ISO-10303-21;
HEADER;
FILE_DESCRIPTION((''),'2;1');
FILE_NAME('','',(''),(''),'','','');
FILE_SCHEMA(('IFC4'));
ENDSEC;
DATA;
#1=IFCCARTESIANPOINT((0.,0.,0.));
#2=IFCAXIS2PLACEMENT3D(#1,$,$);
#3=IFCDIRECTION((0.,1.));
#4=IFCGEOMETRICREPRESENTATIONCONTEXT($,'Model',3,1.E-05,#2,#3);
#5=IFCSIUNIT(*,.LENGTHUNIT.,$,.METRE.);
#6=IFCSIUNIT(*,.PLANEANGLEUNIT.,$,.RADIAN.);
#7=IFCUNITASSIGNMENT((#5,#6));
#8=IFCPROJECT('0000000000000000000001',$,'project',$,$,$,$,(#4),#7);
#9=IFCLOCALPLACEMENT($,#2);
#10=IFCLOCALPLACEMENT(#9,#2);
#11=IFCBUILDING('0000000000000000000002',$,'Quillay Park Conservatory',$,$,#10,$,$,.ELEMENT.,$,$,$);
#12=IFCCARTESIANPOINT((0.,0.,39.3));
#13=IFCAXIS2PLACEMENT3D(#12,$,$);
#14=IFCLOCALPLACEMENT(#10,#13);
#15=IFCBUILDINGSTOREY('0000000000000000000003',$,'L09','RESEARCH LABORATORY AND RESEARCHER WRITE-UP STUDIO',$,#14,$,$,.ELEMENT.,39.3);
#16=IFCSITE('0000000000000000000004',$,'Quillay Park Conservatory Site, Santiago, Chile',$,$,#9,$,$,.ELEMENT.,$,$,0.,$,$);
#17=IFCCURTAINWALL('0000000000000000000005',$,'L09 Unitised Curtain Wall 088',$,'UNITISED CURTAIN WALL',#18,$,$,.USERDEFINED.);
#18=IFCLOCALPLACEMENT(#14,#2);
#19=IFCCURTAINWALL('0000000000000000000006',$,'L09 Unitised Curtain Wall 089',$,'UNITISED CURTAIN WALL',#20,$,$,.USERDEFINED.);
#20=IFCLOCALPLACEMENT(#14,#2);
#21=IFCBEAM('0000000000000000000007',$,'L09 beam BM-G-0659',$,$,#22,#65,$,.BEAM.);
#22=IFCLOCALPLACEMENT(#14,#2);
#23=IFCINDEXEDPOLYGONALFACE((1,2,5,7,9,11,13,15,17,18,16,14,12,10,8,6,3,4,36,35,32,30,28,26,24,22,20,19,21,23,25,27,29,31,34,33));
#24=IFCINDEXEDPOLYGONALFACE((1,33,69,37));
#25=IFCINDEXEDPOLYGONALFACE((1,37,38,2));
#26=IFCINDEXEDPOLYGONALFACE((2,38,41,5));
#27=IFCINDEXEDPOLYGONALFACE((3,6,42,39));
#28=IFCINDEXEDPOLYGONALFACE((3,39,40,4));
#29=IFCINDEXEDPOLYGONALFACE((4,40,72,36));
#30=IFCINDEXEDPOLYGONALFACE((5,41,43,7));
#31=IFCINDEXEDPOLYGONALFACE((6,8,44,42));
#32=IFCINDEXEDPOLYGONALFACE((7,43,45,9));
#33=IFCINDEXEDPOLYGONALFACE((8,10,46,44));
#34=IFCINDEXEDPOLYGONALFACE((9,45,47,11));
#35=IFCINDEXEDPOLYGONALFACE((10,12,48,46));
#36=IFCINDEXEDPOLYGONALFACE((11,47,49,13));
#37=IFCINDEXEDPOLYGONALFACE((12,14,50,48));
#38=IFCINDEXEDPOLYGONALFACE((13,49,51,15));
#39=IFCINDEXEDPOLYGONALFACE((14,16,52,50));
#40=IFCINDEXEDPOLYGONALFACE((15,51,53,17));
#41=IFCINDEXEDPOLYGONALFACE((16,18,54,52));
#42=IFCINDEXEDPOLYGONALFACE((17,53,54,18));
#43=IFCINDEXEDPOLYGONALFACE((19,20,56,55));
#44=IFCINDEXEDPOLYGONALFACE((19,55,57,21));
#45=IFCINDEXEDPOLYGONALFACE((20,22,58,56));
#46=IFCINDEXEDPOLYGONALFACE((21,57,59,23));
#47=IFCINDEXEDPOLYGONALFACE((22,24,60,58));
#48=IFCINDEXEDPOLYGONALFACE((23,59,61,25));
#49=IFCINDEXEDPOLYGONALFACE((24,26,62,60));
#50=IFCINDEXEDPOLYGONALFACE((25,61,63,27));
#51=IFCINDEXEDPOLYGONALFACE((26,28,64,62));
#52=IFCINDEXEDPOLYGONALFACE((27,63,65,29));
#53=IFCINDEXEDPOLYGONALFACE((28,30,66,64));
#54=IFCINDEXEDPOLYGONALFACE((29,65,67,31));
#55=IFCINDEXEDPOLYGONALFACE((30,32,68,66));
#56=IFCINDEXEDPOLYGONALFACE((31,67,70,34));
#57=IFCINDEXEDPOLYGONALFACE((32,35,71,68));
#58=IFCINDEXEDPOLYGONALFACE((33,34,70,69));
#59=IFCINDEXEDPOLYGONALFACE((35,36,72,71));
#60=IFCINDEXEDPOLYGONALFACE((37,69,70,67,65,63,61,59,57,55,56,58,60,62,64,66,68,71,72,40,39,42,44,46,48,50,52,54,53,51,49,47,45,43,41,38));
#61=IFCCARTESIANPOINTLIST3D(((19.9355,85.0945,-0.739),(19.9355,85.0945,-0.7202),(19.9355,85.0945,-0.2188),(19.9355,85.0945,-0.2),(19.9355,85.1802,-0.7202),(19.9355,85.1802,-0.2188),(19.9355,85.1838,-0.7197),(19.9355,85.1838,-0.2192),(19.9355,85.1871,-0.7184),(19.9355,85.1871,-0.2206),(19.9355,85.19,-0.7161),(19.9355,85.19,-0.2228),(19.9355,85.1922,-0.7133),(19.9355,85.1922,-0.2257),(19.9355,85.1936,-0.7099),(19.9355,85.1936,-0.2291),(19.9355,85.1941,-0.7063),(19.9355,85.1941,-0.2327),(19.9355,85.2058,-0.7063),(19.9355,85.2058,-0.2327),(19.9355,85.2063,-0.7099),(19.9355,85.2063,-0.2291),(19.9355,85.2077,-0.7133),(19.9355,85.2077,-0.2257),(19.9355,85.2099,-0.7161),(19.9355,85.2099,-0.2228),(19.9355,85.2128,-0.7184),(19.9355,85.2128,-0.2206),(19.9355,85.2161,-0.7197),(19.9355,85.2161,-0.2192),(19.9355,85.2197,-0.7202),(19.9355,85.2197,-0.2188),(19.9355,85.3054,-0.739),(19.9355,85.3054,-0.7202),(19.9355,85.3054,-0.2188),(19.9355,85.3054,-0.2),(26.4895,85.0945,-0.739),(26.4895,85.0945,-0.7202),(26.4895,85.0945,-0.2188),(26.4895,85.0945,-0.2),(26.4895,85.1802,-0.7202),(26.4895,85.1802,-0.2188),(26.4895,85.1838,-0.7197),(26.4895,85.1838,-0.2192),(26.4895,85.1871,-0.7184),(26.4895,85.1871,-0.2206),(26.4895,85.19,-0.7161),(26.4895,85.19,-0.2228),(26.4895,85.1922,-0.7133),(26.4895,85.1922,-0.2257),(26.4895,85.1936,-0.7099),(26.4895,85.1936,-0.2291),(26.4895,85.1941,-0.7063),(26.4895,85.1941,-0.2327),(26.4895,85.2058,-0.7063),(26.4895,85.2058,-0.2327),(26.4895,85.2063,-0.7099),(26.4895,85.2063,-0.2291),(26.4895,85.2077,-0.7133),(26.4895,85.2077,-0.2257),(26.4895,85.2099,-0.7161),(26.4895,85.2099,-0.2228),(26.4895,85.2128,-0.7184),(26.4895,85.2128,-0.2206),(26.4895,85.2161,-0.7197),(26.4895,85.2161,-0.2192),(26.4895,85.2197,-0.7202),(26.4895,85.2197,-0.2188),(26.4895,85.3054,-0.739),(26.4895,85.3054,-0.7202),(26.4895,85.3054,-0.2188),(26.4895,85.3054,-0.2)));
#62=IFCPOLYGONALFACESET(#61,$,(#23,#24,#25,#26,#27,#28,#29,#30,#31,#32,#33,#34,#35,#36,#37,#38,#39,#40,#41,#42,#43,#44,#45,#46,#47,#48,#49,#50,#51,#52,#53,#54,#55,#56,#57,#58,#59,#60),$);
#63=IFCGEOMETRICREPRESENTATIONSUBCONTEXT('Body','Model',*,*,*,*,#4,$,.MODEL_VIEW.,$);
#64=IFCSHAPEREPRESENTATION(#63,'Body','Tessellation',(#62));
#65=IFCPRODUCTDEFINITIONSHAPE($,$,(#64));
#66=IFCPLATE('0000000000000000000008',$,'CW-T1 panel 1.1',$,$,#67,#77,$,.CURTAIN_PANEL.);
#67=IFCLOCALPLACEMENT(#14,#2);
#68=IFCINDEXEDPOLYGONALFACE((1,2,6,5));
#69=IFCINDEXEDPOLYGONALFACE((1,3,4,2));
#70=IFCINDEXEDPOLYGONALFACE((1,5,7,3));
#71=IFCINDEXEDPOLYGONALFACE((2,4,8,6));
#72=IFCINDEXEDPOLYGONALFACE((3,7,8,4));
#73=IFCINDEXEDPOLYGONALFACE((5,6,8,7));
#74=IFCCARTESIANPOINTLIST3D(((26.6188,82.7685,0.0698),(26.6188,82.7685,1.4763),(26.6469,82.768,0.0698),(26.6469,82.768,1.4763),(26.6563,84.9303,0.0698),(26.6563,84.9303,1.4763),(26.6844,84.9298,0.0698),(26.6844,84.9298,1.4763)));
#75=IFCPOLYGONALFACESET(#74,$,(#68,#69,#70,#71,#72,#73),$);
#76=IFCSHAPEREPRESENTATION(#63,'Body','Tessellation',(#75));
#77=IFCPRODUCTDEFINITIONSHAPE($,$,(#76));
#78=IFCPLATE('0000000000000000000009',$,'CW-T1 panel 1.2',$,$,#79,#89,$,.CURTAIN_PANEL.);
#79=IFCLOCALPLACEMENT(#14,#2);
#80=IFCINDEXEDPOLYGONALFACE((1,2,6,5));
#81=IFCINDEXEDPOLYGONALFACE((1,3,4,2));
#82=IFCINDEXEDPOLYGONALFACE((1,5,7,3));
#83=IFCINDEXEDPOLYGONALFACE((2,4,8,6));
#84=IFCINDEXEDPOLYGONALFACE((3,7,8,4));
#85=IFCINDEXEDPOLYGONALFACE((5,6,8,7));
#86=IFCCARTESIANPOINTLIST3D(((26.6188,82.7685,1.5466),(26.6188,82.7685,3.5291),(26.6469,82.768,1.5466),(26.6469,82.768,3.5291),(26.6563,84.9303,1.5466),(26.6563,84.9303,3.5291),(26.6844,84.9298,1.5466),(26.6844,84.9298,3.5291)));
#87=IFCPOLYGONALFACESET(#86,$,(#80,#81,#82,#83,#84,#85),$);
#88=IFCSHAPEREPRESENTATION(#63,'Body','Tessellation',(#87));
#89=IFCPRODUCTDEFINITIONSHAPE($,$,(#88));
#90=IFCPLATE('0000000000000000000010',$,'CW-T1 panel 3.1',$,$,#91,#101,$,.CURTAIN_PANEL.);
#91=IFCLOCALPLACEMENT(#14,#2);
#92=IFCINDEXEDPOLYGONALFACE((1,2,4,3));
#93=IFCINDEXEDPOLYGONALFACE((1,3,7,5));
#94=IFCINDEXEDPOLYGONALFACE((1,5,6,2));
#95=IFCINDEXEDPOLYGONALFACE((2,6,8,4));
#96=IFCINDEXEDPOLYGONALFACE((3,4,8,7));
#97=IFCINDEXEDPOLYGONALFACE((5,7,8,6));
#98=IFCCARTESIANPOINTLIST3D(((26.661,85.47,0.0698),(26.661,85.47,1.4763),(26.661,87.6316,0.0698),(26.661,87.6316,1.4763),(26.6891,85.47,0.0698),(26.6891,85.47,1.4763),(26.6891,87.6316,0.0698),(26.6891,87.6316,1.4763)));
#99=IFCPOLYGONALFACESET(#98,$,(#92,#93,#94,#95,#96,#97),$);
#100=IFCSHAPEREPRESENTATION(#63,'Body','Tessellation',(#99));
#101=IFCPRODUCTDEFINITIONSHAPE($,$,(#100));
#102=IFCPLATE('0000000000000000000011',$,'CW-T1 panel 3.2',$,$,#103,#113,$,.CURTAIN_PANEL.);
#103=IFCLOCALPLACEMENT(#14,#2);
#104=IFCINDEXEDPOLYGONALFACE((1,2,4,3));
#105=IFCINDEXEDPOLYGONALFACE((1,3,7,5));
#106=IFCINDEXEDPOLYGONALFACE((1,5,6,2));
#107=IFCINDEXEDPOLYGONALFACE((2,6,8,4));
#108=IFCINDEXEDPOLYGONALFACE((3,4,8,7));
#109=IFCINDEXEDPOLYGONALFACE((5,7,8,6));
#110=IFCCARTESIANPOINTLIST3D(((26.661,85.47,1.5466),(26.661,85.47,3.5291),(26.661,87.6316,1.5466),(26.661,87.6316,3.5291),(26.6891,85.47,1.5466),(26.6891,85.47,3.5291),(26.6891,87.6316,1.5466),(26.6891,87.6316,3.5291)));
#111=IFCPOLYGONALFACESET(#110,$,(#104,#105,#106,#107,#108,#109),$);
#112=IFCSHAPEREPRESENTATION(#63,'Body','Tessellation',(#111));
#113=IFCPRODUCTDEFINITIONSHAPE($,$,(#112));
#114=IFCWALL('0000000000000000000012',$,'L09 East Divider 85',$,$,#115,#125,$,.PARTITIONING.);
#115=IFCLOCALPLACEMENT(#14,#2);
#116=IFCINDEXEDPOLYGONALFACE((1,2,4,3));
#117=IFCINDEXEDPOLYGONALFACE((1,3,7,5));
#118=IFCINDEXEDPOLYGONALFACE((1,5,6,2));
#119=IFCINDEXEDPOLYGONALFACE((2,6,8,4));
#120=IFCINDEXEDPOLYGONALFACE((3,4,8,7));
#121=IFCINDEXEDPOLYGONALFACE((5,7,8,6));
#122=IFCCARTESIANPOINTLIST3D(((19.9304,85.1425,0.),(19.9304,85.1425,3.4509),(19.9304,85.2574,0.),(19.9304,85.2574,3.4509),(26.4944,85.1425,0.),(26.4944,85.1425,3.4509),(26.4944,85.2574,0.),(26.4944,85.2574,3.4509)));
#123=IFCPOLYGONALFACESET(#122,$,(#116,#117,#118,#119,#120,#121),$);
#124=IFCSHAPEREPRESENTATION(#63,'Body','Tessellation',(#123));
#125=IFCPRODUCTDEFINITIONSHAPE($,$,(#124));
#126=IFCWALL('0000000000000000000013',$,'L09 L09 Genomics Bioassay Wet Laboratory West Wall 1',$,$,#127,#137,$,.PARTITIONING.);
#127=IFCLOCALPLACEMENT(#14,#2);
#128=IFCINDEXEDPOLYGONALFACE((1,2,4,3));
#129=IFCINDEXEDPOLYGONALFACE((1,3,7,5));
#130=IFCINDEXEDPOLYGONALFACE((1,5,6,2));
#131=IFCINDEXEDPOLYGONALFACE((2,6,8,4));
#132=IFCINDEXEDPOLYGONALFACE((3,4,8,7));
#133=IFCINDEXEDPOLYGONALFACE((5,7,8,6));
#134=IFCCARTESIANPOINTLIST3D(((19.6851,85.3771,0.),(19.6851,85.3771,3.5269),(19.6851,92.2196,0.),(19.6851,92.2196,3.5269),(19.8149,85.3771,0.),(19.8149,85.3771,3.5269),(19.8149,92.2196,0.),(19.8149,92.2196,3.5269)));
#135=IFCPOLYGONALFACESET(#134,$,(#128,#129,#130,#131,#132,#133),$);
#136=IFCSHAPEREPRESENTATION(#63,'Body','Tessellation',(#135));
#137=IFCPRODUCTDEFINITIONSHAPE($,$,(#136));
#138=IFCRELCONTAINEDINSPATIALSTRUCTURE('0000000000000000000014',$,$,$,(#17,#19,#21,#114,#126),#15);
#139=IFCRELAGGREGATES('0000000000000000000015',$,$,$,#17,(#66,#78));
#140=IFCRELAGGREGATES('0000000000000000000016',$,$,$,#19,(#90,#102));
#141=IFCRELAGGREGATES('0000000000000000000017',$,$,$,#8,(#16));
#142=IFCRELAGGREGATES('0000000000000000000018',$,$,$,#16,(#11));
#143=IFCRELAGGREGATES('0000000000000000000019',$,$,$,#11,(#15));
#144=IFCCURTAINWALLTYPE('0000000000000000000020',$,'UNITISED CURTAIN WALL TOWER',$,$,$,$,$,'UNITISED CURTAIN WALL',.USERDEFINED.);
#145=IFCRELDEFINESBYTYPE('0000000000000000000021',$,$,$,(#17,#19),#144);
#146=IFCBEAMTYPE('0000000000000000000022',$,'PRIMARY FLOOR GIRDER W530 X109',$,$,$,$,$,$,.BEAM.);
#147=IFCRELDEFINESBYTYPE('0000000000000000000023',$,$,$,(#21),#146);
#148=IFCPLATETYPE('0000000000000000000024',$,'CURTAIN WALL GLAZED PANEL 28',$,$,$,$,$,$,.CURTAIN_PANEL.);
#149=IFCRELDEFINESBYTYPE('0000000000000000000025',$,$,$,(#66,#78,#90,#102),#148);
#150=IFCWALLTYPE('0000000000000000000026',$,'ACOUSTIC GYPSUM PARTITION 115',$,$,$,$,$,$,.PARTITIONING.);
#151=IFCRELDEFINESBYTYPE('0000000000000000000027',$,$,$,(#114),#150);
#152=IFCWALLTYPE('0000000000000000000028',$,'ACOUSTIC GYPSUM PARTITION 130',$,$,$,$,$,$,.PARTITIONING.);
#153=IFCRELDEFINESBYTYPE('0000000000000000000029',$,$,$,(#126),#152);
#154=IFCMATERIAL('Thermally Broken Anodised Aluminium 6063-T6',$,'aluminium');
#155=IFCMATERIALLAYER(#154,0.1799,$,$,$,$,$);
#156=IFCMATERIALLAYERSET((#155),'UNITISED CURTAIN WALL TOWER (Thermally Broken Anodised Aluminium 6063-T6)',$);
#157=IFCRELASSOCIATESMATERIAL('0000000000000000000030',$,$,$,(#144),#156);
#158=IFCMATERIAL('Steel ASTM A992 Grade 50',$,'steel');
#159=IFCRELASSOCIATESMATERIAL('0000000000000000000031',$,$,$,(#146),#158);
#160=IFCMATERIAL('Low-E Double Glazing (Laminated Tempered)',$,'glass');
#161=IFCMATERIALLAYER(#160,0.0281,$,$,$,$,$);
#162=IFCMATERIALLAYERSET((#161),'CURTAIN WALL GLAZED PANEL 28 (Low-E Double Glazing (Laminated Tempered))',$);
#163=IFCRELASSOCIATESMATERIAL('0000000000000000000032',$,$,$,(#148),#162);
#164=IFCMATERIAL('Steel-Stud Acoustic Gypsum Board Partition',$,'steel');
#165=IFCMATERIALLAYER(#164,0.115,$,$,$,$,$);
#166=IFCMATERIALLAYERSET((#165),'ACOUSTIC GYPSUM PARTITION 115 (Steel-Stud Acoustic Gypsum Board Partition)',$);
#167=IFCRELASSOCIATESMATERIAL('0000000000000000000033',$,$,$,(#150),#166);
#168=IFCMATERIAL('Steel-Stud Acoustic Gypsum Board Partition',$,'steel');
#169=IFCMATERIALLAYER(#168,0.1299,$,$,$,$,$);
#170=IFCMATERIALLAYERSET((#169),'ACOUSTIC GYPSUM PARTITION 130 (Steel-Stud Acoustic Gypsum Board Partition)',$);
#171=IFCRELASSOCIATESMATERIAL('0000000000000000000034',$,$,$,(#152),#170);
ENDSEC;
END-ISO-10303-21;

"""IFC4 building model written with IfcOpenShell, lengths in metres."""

from ifc_helpers import new_model, si_unit, direction, frame, frame_2d, origin, origin_2d, place, context, subcontext, project, spatial, rectangle, i_section, extrude, material, layer, layer_set, material_profile, profile_set, type_object, element, aggregate, save


model = new_model("IFC4")

# Units and contexts
model_context = context("Model", 3, precision=1e-05, world=origin(), true_north=direction((0.0, 1.0)))
body_context = subcontext(model_context, "Body", "Model", "MODEL_VIEW")
ifc_project = project(units=[si_unit("LENGTHUNIT", "METRE"), si_unit("PLANEANGLEUNIT", "RADIAN")], contexts=[model_context])

# Site, building, storey
site_placement = place(None, origin())
site = spatial("IfcSite", under=ifc_project, at=site_placement, Name="Quillay Park Conservatory Site, Santiago, Chile", CompositionType="ELEMENT", RefElevation=0.0)
building_placement = place(site_placement, origin())
building = spatial("IfcBuilding", under=site, at=building_placement, Name="Quillay Park Conservatory", CompositionType="ELEMENT")
storey_placement = place(building_placement, frame((0.0, 0.0, 39.3)))
storey = spatial("IfcBuildingStorey", under=building, at=storey_placement, Name="L09", Description="RESEARCH LABORATORY AND RESEARCHER WRITE-UP STUDIO", CompositionType="ELEMENT", Elevation=39.3)

# Curtain wall
ifc_material_1 = material(Name="Thermally Broken Anodised Aluminium 6063-T6", Category="aluminium")
ifc_layer_1 = layer(ifc_material_1, 0.1799)
ifc_layer_set_1 = layer_set([ifc_layer_1], Name="UNITISED CURTAIN WALL TOWER (Thermally Broken Anodised Aluminium 6063-T6)")
curtain_wall_type = type_object("IfcCurtainWallType", Name="UNITISED CURTAIN WALL TOWER", ElementType="UNITISED CURTAIN WALL", PredefinedType="USERDEFINED", material=ifc_layer_set_1)
curtain_wall_1_placement = place(storey_placement, origin())
curtain_wall_1 = element("IfcCurtainWall", 1, at=curtain_wall_1_placement, inside=storey, type_object=curtain_wall_type, Name="L09 Unitised Curtain Wall 088", ObjectType="UNITISED CURTAIN WALL", PredefinedType="USERDEFINED")

# Curtain wall
curtain_wall_2_placement = place(storey_placement, origin())
curtain_wall_2 = element("IfcCurtainWall", 2, at=curtain_wall_2_placement, inside=storey, type_object=curtain_wall_type, Name="L09 Unitised Curtain Wall 089", ObjectType="UNITISED CURTAIN WALL", PredefinedType="USERDEFINED")

# Beam
ifc_material_2 = material(Name="Steel ASTM A992 Grade 50", Category="steel")
ifc_material_profile_1 = material_profile(ifc_material_2, i_section(OverallWidth=0.2109, OverallDepth=0.5391, WebThickness=0.0117, FlangeThickness=0.0188, FilletRadius=0.0139, at=origin_2d()), Name="W530x109")
ifc_profile_set_1 = profile_set([ifc_material_profile_1], Name="Steel ASTM A992 Grade 50")
beam_type_1 = type_object("IfcBeamType", Name="PRIMARY FLOOR GIRDER W530 X109", PredefinedType="BEAM", material=ifc_profile_set_1)
beam_1_placement = place(storey_placement, frame((19.9355, 85.2, -0.4695), z_axis=(1.0, 0.0, 0.0), x_axis=(0.0, 1.0, 0.0)))
element("IfcBeam", 3, at=beam_1_placement, inside=storey, type_object=beam_type_1, Name="L09 beam BM-G-0659", PredefinedType="BEAM", context=body_context, shape_type="SweptSolid", body=[
    extrude(i_section(OverallWidth=0.2109, OverallDepth=0.5391, WebThickness=0.0117, FlangeThickness=0.0188, FilletRadius=0.0139, at=origin_2d()), origin(), (0.0, 0.0, 1.0), 6.554),
])

# Plates
ifc_material_3 = material(Name="Low-E Double Glazing (Laminated Tempered)", Category="glass")
ifc_layer_2 = layer(ifc_material_3, 0.0281)
ifc_layer_set_2 = layer_set([ifc_layer_2], Name="CURTAIN WALL GLAZED PANEL 28 (Low-E Double Glazing (Laminated Tempered))")
plate_type = type_object("IfcPlateType", Name="CURTAIN WALL GLAZED PANEL 28", PredefinedType="CURTAIN_PANEL", material=ifc_layer_set_2)
plate_1_placement = place(storey_placement, frame((26.6516, 83.8491, 0.0698), z_axis=(0.0, 0.0, 1.0), x_axis=(-0.01735, -0.999849, 0.0)))
plate_1 = element("IfcPlate", 4, at=plate_1_placement, type_object=plate_type, Name="CW-T1 panel 1.1", PredefinedType="CURTAIN_PANEL", context=body_context, shape_type="SweptSolid", body=[
    extrude(rectangle(XDim=2.1621, YDim=0.0281, at=origin_2d()), origin(), (0.0, 0.0, 1.0), 1.4065),
])
plate_2_placement = place(storey_placement, frame((26.6516, 83.8491, 1.5466), z_axis=(0.0, 0.0, 1.0), x_axis=(-0.01735, -0.999849, 0.0)))
plate_2 = element("IfcPlate", 5, at=plate_2_placement, type_object=plate_type, Name="CW-T1 panel 1.2", PredefinedType="CURTAIN_PANEL", context=body_context, shape_type="SweptSolid", body=[
    extrude(rectangle(XDim=2.1621, YDim=0.0281, at=origin_2d()), origin(), (0.0, 0.0, 1.0), 1.9824),
])
aggregate(curtain_wall_1, [plate_1, plate_2])
plate_3_placement = place(storey_placement, frame((26.675, 86.5508, 0.0698), z_axis=(0.0, 0.0, 1.0), x_axis=(0.0, -1.0, 0.0)))
plate_3 = element("IfcPlate", 6, at=plate_3_placement, type_object=plate_type, Name="CW-T1 panel 3.1", PredefinedType="CURTAIN_PANEL", context=body_context, shape_type="SweptSolid", body=[
    extrude(rectangle(XDim=2.1616, YDim=0.0281, at=origin_2d()), origin(), (0.0, 0.0, 1.0), 1.4065),
])
plate_4_placement = place(storey_placement, frame((26.675, 86.5508, 1.5466), z_axis=(0.0, 0.0, 1.0), x_axis=(0.0, -1.0, 0.0)))
plate_4 = element("IfcPlate", 7, at=plate_4_placement, type_object=plate_type, Name="CW-T1 panel 3.2", PredefinedType="CURTAIN_PANEL", context=body_context, shape_type="SweptSolid", body=[
    extrude(rectangle(XDim=2.1616, YDim=0.0281, at=origin_2d()), origin(), (0.0, 0.0, 1.0), 1.9824),
])
aggregate(curtain_wall_2, [plate_3, plate_4])

# Walls
ifc_material_4 = material(Name="Steel-Stud Acoustic Gypsum Board Partition", Category="steel")
ifc_layer_3 = layer(ifc_material_4, 0.115)
ifc_layer_set_3 = layer_set([ifc_layer_3], Name="ACOUSTIC GYPSUM PARTITION 115 (Steel-Stud Acoustic Gypsum Board Partition)")
wall_type_1 = type_object("IfcWallType", Name="ACOUSTIC GYPSUM PARTITION 115", PredefinedType="PARTITIONING", material=ifc_layer_set_3)
wall_1_placement = place(storey_placement, frame((26.4944, 85.2, 0.0), z_axis=(0.0, 0.0, 1.0), x_axis=(-1.0, 0.0, 0.0)))
element("IfcWall", 8, at=wall_1_placement, inside=storey, type_object=wall_type_1, Name="L09 East Divider 85", PredefinedType="PARTITIONING", context=body_context, shape_type="SweptSolid", body=[
    extrude(rectangle(XDim=6.564, YDim=0.115, at=frame_2d((3.282, 0.0))), origin(), (0.0, 0.0, 1.0), 3.4509),
])
ifc_material_5 = material(Name="Steel-Stud Acoustic Gypsum Board Partition", Category="steel")
ifc_layer_4 = layer(ifc_material_5, 0.1299)
ifc_layer_set_4 = layer_set([ifc_layer_4], Name="ACOUSTIC GYPSUM PARTITION 130 (Steel-Stud Acoustic Gypsum Board Partition)")
wall_type_2 = type_object("IfcWallType", Name="ACOUSTIC GYPSUM PARTITION 130", PredefinedType="PARTITIONING", material=ifc_layer_set_4)
wall_2_placement = place(storey_placement, frame((19.75, 85.377, 0.0), z_axis=(0.0, 0.0, 1.0), x_axis=(0.0, 1.0, 0.0)))
element("IfcWall", 9, at=wall_2_placement, inside=storey, type_object=wall_type_2, Name="L09 L09 Genomics Bioassay Wet Laboratory West Wall 1", PredefinedType="PARTITIONING", context=body_context, shape_type="SweptSolid", body=[
    extrude(rectangle(XDim=6.8425, YDim=0.1299, at=frame_2d((3.4214, 0.0))), origin(), (0.0, 0.0, 1.0), 3.5269),
])

save(model, "model.ifc")
